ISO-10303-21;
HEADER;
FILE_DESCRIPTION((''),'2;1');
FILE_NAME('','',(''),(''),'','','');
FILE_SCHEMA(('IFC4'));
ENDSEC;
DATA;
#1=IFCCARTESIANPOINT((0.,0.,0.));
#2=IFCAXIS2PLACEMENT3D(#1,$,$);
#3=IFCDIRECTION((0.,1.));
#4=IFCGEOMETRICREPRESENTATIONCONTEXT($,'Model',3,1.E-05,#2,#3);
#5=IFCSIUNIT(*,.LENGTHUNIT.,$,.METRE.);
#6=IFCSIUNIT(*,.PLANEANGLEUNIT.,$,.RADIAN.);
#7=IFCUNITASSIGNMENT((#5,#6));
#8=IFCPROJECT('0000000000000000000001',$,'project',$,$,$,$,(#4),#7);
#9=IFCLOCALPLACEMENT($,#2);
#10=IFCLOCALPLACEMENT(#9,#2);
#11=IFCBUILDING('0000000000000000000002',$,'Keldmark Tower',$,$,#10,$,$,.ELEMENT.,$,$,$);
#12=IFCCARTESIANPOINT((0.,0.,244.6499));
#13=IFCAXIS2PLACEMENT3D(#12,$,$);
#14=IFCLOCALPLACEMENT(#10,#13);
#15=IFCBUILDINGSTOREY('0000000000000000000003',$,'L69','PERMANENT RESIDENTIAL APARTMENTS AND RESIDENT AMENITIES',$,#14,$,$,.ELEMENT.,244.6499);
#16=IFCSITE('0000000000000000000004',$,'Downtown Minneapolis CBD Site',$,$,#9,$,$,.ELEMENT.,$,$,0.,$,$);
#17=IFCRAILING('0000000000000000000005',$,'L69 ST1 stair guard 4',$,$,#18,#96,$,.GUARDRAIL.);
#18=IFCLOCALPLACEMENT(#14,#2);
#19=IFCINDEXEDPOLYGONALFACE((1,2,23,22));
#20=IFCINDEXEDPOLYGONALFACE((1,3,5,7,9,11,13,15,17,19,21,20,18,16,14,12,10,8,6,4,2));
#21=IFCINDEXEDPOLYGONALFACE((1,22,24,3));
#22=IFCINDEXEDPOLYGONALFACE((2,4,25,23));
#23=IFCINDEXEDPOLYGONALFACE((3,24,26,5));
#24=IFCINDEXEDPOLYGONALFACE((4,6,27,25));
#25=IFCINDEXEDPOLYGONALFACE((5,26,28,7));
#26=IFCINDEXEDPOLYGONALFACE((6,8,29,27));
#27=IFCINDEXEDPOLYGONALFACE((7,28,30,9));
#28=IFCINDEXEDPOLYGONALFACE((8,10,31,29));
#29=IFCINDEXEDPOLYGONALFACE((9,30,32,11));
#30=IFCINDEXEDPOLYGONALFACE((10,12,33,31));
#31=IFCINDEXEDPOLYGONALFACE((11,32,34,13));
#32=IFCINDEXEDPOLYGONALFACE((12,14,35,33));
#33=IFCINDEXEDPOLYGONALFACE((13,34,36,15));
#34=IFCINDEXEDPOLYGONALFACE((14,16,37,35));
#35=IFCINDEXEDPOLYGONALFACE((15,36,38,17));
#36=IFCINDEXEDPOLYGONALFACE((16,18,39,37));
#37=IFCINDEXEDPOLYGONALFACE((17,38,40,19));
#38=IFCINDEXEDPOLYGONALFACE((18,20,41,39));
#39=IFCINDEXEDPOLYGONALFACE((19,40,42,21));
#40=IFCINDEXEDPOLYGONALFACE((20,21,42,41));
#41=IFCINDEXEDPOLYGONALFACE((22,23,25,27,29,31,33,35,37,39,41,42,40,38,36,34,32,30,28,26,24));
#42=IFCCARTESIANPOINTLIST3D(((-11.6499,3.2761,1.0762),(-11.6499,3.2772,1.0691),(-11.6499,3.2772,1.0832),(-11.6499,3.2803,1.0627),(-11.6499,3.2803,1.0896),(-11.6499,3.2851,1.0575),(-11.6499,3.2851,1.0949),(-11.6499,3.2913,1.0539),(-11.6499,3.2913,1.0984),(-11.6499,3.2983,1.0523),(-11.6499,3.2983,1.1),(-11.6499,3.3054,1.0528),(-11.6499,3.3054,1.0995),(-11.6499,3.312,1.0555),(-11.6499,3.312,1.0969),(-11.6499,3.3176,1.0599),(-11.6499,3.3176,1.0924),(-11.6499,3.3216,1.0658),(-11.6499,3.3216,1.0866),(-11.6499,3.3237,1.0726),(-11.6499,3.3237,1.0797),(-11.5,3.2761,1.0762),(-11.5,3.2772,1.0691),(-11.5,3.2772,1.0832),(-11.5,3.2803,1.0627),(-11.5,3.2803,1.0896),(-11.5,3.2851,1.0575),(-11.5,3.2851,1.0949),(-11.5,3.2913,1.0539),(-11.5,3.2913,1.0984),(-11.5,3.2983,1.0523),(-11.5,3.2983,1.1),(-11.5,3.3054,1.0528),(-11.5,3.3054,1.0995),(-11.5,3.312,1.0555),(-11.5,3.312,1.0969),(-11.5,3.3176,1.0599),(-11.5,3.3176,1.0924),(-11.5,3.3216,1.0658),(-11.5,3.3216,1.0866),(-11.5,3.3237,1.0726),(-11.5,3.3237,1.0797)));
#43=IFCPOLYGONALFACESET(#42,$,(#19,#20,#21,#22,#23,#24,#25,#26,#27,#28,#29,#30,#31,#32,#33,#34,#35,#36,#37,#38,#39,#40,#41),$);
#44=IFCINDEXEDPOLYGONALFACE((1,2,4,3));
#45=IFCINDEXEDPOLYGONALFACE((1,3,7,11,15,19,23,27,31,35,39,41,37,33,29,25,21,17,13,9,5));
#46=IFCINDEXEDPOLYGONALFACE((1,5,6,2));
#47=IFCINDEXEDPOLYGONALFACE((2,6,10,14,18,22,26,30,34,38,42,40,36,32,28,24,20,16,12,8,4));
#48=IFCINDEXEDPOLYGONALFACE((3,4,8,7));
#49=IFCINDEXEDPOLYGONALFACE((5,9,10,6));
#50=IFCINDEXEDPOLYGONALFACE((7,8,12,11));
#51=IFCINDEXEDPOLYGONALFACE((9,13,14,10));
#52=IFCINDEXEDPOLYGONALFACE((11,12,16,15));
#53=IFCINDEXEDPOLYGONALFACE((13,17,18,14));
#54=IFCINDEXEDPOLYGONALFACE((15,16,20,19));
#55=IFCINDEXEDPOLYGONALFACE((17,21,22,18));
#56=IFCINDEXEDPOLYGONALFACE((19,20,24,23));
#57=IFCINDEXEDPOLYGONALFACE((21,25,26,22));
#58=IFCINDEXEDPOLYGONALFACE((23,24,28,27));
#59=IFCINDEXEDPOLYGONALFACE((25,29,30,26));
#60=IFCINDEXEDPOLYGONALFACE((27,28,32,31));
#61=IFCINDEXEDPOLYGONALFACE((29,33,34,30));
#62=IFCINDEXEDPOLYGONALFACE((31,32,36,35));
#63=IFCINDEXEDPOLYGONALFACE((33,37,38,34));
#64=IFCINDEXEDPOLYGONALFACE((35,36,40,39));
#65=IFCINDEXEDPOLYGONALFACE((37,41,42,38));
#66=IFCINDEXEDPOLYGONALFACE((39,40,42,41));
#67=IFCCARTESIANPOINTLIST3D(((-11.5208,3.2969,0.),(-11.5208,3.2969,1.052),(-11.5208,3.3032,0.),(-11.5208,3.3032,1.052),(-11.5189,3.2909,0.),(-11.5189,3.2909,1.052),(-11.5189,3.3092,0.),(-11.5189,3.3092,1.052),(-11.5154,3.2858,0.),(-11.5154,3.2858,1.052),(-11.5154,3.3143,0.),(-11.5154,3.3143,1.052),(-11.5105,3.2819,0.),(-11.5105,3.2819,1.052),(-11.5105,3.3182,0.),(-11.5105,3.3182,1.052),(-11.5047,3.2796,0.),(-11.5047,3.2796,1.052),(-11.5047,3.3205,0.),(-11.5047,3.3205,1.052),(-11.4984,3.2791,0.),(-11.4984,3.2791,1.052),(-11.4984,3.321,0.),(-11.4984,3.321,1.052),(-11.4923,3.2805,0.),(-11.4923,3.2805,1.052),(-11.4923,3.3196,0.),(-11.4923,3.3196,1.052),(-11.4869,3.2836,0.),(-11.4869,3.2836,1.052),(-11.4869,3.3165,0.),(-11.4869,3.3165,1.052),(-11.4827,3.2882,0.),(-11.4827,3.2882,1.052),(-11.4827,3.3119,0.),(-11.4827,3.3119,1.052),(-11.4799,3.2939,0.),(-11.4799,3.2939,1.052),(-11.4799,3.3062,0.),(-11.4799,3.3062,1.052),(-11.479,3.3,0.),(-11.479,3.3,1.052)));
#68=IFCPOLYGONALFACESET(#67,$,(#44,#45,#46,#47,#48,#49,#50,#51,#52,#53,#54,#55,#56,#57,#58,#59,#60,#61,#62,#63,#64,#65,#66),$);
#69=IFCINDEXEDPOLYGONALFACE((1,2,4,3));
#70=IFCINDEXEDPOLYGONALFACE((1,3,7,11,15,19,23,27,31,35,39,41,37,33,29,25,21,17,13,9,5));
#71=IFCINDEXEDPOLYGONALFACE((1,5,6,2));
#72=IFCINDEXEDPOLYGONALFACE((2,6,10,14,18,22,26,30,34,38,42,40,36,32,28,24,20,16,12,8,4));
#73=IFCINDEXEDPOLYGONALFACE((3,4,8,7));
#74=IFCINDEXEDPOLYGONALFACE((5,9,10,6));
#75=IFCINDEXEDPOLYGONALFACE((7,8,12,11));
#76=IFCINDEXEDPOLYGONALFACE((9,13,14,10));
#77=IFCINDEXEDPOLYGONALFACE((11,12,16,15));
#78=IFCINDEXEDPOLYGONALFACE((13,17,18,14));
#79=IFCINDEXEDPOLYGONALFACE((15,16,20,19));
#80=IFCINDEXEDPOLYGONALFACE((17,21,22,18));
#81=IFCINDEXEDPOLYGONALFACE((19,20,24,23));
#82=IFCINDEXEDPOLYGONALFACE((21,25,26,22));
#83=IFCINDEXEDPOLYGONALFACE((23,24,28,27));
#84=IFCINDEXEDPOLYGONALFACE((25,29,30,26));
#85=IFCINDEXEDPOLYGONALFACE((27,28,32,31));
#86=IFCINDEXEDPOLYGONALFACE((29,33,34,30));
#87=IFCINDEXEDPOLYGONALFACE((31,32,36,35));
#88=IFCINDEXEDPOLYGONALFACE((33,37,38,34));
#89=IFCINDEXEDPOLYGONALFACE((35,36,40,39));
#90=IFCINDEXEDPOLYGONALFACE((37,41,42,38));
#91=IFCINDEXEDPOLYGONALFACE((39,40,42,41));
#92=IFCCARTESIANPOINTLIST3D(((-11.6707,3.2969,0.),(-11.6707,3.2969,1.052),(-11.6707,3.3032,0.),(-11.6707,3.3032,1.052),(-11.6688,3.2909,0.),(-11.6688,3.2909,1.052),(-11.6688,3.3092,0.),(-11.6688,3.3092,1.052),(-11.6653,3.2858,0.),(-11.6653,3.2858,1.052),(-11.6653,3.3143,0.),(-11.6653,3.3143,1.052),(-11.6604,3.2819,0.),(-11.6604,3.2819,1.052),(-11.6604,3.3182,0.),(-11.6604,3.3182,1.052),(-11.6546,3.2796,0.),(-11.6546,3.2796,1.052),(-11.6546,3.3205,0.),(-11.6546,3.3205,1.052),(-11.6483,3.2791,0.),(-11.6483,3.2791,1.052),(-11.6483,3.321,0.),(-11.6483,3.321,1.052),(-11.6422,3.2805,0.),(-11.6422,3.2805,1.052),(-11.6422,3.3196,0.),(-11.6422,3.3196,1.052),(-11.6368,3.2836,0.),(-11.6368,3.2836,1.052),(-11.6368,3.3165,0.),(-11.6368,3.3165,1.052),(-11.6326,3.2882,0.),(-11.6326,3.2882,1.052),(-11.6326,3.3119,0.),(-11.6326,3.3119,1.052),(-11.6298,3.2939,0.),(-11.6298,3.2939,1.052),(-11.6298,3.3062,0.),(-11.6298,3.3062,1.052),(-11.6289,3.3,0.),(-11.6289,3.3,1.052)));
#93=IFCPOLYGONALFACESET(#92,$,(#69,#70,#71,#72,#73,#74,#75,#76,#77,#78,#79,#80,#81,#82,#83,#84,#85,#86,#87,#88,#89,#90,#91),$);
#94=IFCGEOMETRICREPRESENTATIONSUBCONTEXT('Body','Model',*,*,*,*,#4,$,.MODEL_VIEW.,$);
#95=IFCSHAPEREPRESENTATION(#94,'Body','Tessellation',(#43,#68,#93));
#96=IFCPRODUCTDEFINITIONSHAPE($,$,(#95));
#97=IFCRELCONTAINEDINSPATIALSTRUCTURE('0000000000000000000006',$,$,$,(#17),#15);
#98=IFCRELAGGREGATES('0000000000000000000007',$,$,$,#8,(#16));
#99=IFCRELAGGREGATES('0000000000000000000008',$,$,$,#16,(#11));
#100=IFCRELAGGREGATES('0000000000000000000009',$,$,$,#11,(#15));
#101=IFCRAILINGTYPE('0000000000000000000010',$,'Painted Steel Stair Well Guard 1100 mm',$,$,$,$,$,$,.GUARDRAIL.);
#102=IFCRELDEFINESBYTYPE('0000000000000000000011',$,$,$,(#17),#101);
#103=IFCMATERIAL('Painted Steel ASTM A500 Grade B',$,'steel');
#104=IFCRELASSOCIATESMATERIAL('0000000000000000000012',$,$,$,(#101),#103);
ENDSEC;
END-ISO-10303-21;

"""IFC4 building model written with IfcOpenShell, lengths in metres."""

from ifc_helpers import new_model, si_unit, direction, frame, origin, origin_2d, place, context, subcontext, project, spatial, circle, extrude, material, type_object, element, save


model = new_model("IFC4")

# Units and contexts
model_context = context("Model", 3, precision=1e-05, world=origin(), true_north=direction((0.0, 1.0)))
body_context = subcontext(model_context, "Body", "Model", "MODEL_VIEW")
ifc_project = project(units=[si_unit("LENGTHUNIT", "METRE"), si_unit("PLANEANGLEUNIT", "RADIAN")], contexts=[model_context])

# Site, building, storey
site_placement = place(None, origin())
site = spatial("IfcSite", under=ifc_project, at=site_placement, Name="Downtown Minneapolis CBD Site", CompositionType="ELEMENT", RefElevation=0.0)
building_placement = place(site_placement, origin())
building = spatial("IfcBuilding", under=site, at=building_placement, Name="Keldmark Tower", CompositionType="ELEMENT")
storey_placement = place(building_placement, frame((0.0, 0.0, 244.6499)))
storey = spatial("IfcBuildingStorey", under=building, at=storey_placement, Name="L69", Description="PERMANENT RESIDENTIAL APARTMENTS AND RESIDENT AMENITIES", CompositionType="ELEMENT", Elevation=244.6499)

# Railing
ifc_material_1 = material(Name="Painted Steel ASTM A500 Grade B", Category="steel")
railing_type_1 = type_object("IfcRailingType", Name="Painted Steel Stair Well Guard 1100 mm", PredefinedType="GUARDRAIL", material=ifc_material_1)
railing_1_placement = place(storey_placement, frame((-11.5, 3.3, 0.0)))
element("IfcRailing", 1, at=railing_1_placement, inside=storey, type_object=railing_type_1, Name="L69 ST1 stair guard 4", PredefinedType="GUARDRAIL", context=body_context, shape_type="SweptSolid", body=[
    extrude(circle(Radius=0.0239, at=origin_2d()), frame((0.0, 0.0, 1.0762), z_axis=(-1.0, 0.0, 0.0), x_axis=(0.0, -1.0, 0.0)), (0.0, 0.0, 1.0), 0.1499),
    extrude(circle(Radius=0.021, at=origin_2d()), origin(), (0.0, 0.0, 1.0), 1.052),
    extrude(circle(Radius=0.021, at=origin_2d()), frame((-0.1499, 0.0, 0.0)), (0.0, 0.0, 1.0), 1.052),
])

save(model, "model.ifc")
